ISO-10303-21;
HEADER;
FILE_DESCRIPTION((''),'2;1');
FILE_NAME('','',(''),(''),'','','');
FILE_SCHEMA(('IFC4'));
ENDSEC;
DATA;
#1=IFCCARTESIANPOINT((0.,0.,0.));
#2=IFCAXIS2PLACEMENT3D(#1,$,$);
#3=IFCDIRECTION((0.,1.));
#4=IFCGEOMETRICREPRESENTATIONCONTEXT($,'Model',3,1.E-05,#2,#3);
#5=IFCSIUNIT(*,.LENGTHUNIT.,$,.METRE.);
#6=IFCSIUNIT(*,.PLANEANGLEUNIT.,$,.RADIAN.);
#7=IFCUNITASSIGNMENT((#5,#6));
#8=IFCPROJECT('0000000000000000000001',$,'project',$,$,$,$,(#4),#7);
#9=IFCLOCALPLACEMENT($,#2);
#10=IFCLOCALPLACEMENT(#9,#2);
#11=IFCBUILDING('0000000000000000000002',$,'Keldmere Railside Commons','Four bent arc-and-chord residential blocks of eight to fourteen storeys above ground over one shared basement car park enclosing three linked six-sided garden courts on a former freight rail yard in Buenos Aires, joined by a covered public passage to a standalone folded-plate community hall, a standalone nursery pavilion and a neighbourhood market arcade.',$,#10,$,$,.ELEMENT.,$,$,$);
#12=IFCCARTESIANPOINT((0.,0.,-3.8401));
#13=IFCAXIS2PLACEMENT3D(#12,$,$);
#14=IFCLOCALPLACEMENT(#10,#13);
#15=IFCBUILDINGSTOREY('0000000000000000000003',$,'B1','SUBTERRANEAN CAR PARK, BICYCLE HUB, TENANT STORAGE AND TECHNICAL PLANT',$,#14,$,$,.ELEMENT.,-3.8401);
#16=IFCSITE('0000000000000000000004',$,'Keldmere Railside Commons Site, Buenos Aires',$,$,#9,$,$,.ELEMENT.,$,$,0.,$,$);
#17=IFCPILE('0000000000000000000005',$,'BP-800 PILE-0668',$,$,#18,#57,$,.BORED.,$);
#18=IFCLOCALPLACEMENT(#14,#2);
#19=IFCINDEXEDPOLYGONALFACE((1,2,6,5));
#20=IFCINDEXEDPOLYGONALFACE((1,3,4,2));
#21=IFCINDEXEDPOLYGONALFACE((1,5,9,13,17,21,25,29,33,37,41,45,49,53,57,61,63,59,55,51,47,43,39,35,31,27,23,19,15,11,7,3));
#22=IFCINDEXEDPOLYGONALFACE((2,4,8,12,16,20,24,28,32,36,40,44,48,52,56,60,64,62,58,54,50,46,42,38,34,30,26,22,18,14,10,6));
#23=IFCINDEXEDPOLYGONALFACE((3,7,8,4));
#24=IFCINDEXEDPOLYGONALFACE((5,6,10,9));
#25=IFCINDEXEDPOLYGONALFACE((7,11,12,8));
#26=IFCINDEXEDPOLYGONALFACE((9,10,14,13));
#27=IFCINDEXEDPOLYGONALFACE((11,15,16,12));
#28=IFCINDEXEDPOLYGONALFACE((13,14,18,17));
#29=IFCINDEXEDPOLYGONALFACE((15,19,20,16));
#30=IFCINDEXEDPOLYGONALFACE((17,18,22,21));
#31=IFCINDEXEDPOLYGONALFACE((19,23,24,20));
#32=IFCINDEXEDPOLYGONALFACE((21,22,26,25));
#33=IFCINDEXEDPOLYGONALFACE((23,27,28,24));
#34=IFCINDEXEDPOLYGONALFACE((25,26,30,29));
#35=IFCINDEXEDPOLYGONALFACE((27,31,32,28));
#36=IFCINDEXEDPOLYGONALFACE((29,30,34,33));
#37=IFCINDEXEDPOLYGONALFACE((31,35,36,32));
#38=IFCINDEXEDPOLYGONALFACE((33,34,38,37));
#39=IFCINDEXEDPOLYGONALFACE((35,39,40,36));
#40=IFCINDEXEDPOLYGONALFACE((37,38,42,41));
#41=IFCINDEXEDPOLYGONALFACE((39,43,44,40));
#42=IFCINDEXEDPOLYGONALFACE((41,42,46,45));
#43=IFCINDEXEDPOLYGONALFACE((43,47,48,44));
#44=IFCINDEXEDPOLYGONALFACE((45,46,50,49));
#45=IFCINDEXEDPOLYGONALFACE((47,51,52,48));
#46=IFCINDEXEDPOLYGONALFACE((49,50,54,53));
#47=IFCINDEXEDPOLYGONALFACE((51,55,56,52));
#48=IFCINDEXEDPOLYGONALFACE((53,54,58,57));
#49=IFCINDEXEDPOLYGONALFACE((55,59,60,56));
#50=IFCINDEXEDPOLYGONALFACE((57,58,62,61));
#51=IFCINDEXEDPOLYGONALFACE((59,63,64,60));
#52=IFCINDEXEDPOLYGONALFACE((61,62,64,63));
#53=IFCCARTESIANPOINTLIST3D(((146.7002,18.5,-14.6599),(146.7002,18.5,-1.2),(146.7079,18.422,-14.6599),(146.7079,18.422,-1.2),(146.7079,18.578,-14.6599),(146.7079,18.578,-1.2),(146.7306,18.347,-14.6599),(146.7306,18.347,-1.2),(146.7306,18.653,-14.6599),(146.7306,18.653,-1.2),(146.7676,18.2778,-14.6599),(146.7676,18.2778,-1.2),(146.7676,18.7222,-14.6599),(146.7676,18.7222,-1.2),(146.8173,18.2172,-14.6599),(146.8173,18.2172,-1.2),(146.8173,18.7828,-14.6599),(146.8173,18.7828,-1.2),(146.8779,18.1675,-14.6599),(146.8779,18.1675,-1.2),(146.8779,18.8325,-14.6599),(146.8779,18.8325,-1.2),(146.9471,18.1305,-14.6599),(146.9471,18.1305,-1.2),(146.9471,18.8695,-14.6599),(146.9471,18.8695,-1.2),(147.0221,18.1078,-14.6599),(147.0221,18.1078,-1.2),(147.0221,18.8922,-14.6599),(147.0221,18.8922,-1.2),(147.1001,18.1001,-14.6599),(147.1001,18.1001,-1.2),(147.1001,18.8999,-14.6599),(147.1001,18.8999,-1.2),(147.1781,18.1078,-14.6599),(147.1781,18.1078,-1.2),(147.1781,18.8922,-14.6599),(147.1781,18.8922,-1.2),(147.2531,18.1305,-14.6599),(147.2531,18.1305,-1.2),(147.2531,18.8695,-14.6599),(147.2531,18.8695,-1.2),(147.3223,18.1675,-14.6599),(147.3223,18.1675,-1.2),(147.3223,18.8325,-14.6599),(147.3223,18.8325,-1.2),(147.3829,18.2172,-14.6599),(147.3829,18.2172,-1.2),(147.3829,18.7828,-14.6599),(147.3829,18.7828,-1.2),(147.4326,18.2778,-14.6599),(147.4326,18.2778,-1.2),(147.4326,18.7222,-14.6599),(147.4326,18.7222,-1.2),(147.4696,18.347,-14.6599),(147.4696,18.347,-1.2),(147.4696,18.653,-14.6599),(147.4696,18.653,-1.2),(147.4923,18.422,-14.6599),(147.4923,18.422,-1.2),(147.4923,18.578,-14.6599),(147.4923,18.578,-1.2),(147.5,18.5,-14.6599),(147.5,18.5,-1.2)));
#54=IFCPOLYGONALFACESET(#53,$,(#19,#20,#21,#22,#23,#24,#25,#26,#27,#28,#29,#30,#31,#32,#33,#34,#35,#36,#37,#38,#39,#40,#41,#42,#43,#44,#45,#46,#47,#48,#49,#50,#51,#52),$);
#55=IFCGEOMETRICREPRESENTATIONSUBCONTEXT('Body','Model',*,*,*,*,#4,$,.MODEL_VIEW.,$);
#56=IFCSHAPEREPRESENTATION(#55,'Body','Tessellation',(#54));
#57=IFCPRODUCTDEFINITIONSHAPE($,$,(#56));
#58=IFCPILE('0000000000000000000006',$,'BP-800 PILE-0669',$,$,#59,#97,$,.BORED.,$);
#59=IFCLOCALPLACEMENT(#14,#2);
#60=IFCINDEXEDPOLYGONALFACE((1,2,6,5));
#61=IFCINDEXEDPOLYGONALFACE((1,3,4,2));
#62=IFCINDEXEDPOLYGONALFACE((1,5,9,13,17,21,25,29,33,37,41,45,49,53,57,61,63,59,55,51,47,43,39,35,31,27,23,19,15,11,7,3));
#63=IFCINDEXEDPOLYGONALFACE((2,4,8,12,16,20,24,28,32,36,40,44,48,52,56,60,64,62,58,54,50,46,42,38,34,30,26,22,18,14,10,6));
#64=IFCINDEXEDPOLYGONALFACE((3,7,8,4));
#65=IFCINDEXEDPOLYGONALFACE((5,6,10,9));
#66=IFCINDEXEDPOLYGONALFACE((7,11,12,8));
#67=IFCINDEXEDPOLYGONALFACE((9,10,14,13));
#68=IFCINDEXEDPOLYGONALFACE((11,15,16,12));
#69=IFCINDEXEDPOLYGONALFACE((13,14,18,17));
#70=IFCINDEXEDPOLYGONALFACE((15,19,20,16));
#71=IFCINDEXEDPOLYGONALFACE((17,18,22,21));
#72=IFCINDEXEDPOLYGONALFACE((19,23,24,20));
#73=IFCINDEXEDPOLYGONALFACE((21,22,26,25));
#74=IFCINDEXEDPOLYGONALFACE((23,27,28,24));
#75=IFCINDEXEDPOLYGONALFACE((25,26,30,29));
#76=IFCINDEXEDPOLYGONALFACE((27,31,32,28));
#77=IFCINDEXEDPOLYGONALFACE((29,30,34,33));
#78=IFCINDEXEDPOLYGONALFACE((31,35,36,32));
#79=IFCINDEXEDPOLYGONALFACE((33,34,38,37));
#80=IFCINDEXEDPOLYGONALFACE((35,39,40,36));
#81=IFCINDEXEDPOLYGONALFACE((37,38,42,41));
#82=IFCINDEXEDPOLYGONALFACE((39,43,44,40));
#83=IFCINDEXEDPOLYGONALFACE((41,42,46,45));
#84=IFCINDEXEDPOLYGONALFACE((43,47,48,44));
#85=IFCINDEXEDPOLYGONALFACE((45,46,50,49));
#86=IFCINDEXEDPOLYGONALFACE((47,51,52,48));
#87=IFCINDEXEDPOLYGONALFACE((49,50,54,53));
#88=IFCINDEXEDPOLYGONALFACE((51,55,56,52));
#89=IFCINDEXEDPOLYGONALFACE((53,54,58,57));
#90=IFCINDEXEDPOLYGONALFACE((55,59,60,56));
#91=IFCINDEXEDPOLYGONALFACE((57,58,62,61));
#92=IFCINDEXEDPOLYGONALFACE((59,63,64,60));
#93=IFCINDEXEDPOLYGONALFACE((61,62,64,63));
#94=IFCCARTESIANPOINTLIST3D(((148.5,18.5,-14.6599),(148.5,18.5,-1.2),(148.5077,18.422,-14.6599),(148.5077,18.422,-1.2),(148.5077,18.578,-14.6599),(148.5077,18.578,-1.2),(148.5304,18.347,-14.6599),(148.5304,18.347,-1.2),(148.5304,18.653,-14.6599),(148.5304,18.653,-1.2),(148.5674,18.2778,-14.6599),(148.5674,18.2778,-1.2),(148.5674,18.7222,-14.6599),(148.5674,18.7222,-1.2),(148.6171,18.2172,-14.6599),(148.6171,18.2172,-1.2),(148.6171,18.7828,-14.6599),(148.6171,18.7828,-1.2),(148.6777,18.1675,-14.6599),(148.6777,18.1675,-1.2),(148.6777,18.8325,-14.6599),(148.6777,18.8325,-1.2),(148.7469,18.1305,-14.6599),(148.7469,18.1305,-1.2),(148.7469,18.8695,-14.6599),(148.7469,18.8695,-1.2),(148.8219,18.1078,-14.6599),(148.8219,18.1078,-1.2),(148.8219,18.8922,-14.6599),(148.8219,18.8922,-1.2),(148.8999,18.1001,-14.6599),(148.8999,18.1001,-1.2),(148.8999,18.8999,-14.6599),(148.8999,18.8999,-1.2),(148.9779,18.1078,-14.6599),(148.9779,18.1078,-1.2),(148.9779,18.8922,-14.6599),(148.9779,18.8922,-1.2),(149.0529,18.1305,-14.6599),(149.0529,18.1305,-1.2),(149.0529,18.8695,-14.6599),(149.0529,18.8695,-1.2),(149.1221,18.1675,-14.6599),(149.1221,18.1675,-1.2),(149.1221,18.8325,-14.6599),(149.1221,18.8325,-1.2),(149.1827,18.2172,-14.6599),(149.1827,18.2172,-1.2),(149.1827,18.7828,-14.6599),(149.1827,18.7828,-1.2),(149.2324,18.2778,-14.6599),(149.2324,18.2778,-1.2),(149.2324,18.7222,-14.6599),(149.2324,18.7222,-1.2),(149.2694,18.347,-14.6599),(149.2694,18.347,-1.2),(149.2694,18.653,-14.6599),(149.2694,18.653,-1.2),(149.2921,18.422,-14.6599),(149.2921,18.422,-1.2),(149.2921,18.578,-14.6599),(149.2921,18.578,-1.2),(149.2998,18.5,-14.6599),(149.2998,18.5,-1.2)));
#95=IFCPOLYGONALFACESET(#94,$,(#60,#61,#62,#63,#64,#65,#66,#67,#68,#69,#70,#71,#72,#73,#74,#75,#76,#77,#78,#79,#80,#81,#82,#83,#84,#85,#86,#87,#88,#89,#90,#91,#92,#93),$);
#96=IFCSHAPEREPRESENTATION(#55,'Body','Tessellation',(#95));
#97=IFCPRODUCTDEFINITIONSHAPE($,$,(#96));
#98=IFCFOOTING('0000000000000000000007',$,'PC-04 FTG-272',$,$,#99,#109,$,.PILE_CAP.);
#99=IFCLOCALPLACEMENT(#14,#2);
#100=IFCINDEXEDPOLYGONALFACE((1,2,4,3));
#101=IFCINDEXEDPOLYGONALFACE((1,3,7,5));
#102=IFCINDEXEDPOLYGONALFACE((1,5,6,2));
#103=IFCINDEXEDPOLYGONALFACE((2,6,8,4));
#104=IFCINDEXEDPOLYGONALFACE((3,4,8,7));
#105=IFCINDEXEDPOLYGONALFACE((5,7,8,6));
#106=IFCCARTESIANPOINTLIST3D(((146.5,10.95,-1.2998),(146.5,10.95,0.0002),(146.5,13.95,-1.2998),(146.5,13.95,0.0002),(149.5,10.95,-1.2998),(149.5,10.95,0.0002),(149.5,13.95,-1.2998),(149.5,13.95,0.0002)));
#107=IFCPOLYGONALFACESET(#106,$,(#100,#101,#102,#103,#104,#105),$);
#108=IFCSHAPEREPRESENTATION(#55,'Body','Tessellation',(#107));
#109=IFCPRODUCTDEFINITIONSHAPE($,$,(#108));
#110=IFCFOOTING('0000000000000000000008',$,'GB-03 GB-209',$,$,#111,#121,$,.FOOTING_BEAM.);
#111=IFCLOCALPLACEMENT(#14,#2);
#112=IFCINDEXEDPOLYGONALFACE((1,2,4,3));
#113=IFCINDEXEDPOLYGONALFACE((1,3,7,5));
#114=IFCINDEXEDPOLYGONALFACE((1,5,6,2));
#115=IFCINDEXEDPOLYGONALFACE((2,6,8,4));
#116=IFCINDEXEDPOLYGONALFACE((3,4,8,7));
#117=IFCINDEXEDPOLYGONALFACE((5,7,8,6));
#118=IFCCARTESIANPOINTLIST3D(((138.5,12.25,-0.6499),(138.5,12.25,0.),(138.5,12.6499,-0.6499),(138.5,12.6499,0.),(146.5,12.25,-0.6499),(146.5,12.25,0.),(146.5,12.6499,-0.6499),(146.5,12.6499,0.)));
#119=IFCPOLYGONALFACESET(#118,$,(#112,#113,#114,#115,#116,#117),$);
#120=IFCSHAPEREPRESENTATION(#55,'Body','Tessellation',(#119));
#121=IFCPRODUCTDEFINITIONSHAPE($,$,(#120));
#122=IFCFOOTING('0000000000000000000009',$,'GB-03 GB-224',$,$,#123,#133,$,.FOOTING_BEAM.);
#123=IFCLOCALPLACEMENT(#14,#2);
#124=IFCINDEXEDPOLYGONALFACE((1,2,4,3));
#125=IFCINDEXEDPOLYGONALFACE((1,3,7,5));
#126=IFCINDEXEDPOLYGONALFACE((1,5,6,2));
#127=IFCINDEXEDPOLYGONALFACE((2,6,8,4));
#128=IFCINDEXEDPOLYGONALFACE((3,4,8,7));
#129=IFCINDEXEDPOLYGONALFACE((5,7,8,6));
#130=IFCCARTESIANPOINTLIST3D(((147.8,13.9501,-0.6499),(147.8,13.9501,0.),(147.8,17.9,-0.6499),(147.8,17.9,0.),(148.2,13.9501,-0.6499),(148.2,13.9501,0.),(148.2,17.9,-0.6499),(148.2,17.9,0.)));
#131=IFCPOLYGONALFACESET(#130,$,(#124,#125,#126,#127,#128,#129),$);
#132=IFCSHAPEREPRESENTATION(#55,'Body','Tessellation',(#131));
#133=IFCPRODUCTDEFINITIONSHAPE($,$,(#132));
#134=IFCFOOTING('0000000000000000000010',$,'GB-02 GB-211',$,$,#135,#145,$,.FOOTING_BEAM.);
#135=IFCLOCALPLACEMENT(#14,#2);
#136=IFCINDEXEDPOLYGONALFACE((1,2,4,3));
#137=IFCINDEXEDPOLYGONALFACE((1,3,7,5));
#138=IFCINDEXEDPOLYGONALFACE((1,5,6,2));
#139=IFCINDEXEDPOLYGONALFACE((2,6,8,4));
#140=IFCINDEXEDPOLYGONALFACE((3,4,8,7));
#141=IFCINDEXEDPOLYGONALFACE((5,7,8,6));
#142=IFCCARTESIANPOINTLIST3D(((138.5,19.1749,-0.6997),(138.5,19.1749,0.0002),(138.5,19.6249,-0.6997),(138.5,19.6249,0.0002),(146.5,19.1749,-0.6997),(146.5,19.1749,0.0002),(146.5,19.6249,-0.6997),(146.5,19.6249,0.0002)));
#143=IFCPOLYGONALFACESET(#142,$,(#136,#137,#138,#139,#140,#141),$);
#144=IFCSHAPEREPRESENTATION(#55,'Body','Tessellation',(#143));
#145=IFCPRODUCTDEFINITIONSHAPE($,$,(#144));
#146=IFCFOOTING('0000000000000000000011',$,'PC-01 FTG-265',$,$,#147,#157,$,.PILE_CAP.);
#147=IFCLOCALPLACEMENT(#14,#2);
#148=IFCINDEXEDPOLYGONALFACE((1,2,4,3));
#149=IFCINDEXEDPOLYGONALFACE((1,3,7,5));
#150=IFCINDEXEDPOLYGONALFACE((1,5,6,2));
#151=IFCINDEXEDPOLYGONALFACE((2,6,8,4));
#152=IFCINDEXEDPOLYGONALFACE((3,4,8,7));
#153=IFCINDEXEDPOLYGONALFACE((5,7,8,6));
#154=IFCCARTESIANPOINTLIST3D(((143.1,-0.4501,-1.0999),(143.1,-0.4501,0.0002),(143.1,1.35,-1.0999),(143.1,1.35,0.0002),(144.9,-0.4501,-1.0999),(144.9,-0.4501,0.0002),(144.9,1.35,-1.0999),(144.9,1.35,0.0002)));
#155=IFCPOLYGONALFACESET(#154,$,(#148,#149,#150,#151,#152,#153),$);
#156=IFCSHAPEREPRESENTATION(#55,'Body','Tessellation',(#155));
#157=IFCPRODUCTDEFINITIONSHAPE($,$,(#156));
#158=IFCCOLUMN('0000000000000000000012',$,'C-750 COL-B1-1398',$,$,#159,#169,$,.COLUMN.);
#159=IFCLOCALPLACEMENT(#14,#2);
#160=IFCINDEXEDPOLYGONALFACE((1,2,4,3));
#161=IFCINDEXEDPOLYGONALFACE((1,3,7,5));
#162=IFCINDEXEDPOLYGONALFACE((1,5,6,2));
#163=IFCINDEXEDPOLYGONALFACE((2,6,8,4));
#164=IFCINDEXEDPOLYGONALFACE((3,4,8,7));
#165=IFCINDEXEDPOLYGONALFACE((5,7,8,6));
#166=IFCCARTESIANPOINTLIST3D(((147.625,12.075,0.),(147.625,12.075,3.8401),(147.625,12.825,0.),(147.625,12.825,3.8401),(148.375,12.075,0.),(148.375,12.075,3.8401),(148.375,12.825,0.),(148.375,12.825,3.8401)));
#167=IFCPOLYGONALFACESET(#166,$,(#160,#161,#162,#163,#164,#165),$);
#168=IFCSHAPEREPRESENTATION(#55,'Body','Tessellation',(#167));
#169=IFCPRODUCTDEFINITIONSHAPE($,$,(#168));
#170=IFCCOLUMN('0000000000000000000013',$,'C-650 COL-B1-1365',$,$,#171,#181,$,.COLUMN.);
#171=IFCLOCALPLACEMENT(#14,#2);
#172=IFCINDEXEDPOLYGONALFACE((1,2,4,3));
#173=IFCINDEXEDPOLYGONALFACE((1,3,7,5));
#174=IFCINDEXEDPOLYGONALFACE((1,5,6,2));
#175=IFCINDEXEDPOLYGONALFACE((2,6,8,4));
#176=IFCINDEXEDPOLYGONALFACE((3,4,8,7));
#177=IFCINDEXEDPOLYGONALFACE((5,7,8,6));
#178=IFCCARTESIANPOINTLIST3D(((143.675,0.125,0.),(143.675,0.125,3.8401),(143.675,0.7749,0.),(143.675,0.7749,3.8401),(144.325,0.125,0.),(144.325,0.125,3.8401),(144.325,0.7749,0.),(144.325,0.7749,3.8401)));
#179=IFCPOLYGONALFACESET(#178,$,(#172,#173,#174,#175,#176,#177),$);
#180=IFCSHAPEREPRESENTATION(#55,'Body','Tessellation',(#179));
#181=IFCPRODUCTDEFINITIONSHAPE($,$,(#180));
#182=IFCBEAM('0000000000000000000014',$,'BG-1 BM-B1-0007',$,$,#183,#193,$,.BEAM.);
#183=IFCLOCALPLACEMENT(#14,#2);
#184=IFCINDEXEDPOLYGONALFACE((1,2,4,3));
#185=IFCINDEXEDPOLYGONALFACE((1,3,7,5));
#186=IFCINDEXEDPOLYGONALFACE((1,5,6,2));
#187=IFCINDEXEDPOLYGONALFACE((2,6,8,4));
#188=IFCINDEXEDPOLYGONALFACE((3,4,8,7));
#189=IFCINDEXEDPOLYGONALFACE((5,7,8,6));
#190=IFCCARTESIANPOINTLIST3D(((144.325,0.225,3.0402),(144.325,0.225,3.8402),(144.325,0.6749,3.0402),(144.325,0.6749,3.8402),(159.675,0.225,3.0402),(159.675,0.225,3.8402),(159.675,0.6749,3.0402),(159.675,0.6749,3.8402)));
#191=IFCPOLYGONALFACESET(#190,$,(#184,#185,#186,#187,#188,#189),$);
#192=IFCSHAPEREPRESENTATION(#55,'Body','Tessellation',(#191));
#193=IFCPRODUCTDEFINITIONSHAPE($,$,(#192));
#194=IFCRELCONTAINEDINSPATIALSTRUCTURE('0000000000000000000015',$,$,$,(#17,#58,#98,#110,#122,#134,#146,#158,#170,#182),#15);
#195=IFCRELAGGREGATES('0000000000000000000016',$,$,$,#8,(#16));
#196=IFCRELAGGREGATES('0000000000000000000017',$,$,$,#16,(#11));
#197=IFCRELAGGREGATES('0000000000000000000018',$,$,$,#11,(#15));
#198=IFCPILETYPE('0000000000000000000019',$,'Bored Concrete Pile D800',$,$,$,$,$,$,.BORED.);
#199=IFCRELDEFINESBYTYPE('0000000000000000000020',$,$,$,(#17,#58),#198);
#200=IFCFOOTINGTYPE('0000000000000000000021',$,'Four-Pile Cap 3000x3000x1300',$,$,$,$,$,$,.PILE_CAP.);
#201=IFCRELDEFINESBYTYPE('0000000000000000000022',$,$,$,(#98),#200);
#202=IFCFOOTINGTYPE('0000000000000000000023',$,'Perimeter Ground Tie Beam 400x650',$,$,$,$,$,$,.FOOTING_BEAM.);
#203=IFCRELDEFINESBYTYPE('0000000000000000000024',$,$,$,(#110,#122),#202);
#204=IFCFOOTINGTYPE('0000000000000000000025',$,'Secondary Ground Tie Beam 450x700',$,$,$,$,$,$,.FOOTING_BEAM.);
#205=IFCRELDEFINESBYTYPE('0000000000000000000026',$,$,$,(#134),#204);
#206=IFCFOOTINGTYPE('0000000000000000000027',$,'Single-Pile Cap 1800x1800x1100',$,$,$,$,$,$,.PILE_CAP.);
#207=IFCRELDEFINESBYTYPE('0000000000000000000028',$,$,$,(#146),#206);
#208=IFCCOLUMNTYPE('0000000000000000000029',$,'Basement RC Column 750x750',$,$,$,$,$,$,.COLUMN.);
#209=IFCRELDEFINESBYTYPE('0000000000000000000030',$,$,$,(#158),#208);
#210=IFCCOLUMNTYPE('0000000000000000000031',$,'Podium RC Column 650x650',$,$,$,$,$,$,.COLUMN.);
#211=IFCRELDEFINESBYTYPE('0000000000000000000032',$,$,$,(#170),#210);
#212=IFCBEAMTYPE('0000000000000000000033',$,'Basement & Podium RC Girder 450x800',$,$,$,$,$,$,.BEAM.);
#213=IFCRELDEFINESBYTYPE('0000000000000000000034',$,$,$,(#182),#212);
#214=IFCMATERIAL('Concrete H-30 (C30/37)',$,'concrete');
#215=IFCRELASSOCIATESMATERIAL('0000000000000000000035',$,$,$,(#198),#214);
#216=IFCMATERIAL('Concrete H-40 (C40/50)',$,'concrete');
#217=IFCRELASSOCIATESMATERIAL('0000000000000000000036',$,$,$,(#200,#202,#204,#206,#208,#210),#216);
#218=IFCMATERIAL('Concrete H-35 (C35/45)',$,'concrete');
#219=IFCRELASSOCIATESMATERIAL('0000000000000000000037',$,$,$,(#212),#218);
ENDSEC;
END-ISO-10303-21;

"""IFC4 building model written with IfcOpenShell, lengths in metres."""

from ifc_helpers import new_model, si_unit, direction, frame, origin, origin_2d, place, context, subcontext, project, spatial, rectangle, circle, extrude, material, material_profile, profile_set, type_object, element, save


model = new_model("IFC4")

# Units and contexts
model_context = context("Model", 3, precision=1e-05, world=origin(), true_north=direction((0.0, 1.0)))
body_context = subcontext(model_context, "Body", "Model", "MODEL_VIEW")
ifc_project = project(units=[si_unit("LENGTHUNIT", "METRE"), si_unit("PLANEANGLEUNIT", "RADIAN")], contexts=[model_context])

# Site, building, storey
site_placement = place(None, origin())
site = spatial("IfcSite", under=ifc_project, at=site_placement, Name="Keldmere Railside Commons Site, Buenos Aires", CompositionType="ELEMENT", RefElevation=0.0)
building_placement = place(site_placement, origin())
building = spatial("IfcBuilding", under=site, at=building_placement, Name="Keldmere Railside Commons", Description="Four bent arc-and-chord residential blocks of eight to fourteen storeys above ground over one shared basement car park enclosing three linked six-sided garden courts on a former freight rail yard in Buenos Aires, joined by a covered public passage to a standalone folded-plate community hall, a standalone nursery pavilion and a neighbourhood market arcade.", CompositionType="ELEMENT")
storey_placement = place(building_placement, frame((0.0, 0.0, -3.8401)))
storey = spatial("IfcBuildingStorey", under=building, at=storey_placement, Name="B1", Description="SUBTERRANEAN CAR PARK, BICYCLE HUB, TENANT STORAGE AND TECHNICAL PLANT", CompositionType="ELEMENT", Elevation=-3.8401)

# Piles
ifc_material_1 = material(Name="Concrete H-30 (C30/37)", Category="concrete")
ifc_material_profile_1 = material_profile(ifc_material_1, circle(Radius=0.3999, at=origin_2d()), Name="PILE-D800")
ifc_profile_set_1 = profile_set([ifc_material_profile_1], Name="Concrete H-30 (C30/37)")
pile_type = type_object("IfcPileType", Name="Bored Concrete Pile D800", PredefinedType="BORED", material=ifc_profile_set_1)
for number, where, z_axis, x_axis, name in (
    (1, (147.1001, 18.5, -1.2), (0.0, 0.0, -1.0), (1.0, 0.0, 0.0), "BP-800 PILE-0668"),
    (2, (148.8999, 18.5, -1.2), (0.0, 0.0, -1.0), (1.0, 0.0, 0.0), "BP-800 PILE-0669"),
):
    element("IfcPile", number, at=place(storey_placement, frame(where, z_axis=z_axis, x_axis=x_axis)), inside=storey, type_object=pile_type, Name=name, PredefinedType="BORED", context=body_context, shape_type="SweptSolid", body=[
        extrude(circle(Radius=0.3999, at=origin_2d()), origin(), (0.0, 0.0, 1.0), 13.46),
    ])

# Footings
ifc_material_2 = material(Name="Concrete H-40 (C40/50)", Category="concrete")
footing_type_1 = type_object("IfcFootingType", Name="Four-Pile Cap 3000x3000x1300", PredefinedType="PILE_CAP", material=ifc_material_2)
footing_1_placement = place(storey_placement, frame((148.0, 12.45, -1.2998), z_axis=(0.0, 0.0, 1.0), x_axis=(1.0, 0.0, 0.0)))
element("IfcFooting", 3, at=footing_1_placement, inside=storey, type_object=footing_type_1, Name="PC-04 FTG-272", PredefinedType="PILE_CAP", context=body_context, shape_type="SweptSolid", body=[
    extrude(rectangle(XDim=3.0, YDim=3.0, at=origin_2d()), origin(), (0.0, 0.0, 1.0), 1.3),
])
footing_type_2 = type_object("IfcFootingType", Name="Perimeter Ground Tie Beam 400x650", PredefinedType="FOOTING_BEAM", material=ifc_material_2)
footing_2_placement = place(storey_placement, frame((142.5, 12.45, -0.6499), z_axis=(0.0, 0.0, 1.0), x_axis=(1.0, 0.0, 0.0)))
element("IfcFooting", 4, at=footing_2_placement, inside=storey, type_object=footing_type_2, Name="GB-03 GB-209", PredefinedType="FOOTING_BEAM", context=body_context, shape_type="SweptSolid", body=[
    extrude(rectangle(XDim=8.0, YDim=0.3999, at=origin_2d()), origin(), (0.0, 0.0, 1.0), 0.6499),
])
footing_3_placement = place(storey_placement, frame((148.0, 15.925, -0.6499), z_axis=(0.0, 0.0, 1.0), x_axis=(0.0, 1.0, 0.0)))
element("IfcFooting", 5, at=footing_3_placement, inside=storey, type_object=footing_type_2, Name="GB-03 GB-224", PredefinedType="FOOTING_BEAM", context=body_context, shape_type="SweptSolid", body=[
    extrude(rectangle(XDim=3.95, YDim=0.3999, at=origin_2d()), origin(), (0.0, 0.0, 1.0), 0.6499),
])
footing_type_3 = type_object("IfcFootingType", Name="Secondary Ground Tie Beam 450x700", PredefinedType="FOOTING_BEAM", material=ifc_material_2)
footing_4_placement = place(storey_placement, frame((142.5, 19.3999, -0.6997), z_axis=(0.0, 0.0, 1.0), x_axis=(1.0, 0.0, 0.0)))
element("IfcFooting", 6, at=footing_4_placement, inside=storey, type_object=footing_type_3, Name="GB-02 GB-211", PredefinedType="FOOTING_BEAM", context=body_context, shape_type="SweptSolid", body=[
    extrude(rectangle(XDim=8.0, YDim=0.45, at=origin_2d()), origin(), (0.0, 0.0, 1.0), 0.7),
])
footing_type_4 = type_object("IfcFootingType", Name="Single-Pile Cap 1800x1800x1100", PredefinedType="PILE_CAP", material=ifc_material_2)
footing_5_placement = place(storey_placement, frame((144.0, 0.45, -1.0999), z_axis=(0.0, 0.0, 1.0), x_axis=(1.0, 0.0, 0.0)))
element("IfcFooting", 7, at=footing_5_placement, inside=storey, type_object=footing_type_4, Name="PC-01 FTG-265", PredefinedType="PILE_CAP", context=body_context, shape_type="SweptSolid", body=[
    extrude(rectangle(XDim=1.8, YDim=1.8, at=origin_2d()), origin(), (0.0, 0.0, 1.0), 1.1001),
])

# Columns
ifc_material_profile_2 = material_profile(ifc_material_2, rectangle(XDim=0.75, YDim=0.75, at=origin_2d()), Name="RC-750x750")
ifc_profile_set_2 = profile_set([ifc_material_profile_2], Name="Concrete H-40 (C40/50)")
column_type_1 = type_object("IfcColumnType", Name="Basement RC Column 750x750", PredefinedType="COLUMN", material=ifc_profile_set_2)
column_1_placement = place(storey_placement, frame((148.0, 12.45, 0.0), z_axis=(0.0, 0.0, 1.0), x_axis=(1.0, 0.0, 0.0)))
element("IfcColumn", 8, at=column_1_placement, inside=storey, type_object=column_type_1, Name="C-750 COL-B1-1398", PredefinedType="COLUMN", context=body_context, shape_type="SweptSolid", body=[
    extrude(rectangle(XDim=0.75, YDim=0.75, at=origin_2d()), origin(), (0.0, 0.0, 1.0), 3.8401),
])
ifc_material_profile_3 = material_profile(ifc_material_2, rectangle(XDim=0.6499, YDim=0.6499, at=origin_2d()), Name="RC-650x650")
ifc_profile_set_3 = profile_set([ifc_material_profile_3], Name="Concrete H-40 (C40/50)")
column_type_2 = type_object("IfcColumnType", Name="Podium RC Column 650x650", PredefinedType="COLUMN", material=ifc_profile_set_3)
column_2_placement = place(storey_placement, frame((144.0, 0.45, 0.0), z_axis=(0.0, 0.0, 1.0), x_axis=(1.0, 0.0, 0.0)))
element("IfcColumn", 9, at=column_2_placement, inside=storey, type_object=column_type_2, Name="C-650 COL-B1-1365", PredefinedType="COLUMN", context=body_context, shape_type="SweptSolid", body=[
    extrude(rectangle(XDim=0.6499, YDim=0.6499, at=origin_2d()), origin(), (0.0, 0.0, 1.0), 3.8401),
])

# Beam
ifc_material_3 = material(Name="Concrete H-35 (C35/45)", Category="concrete")
ifc_material_profile_4 = material_profile(ifc_material_3, rectangle(XDim=0.45, YDim=0.8, at=origin_2d()), Name="RC-450x800")
ifc_profile_set_4 = profile_set([ifc_material_profile_4], Name="Concrete H-35 (C35/45)")
beam_type_1 = type_object("IfcBeamType", Name="Basement & Podium RC Girder 450x800", PredefinedType="BEAM", material=ifc_profile_set_4)
beam_1_placement = place(storey_placement, frame((144.325, 0.45, 3.4402), z_axis=(1.0, 0.0, 0.0), x_axis=(0.0, 1.0, 0.0)))
element("IfcBeam", 10, at=beam_1_placement, inside=storey, type_object=beam_type_1, Name="BG-1 BM-B1-0007", PredefinedType="BEAM", context=body_context, shape_type="SweptSolid", body=[
    extrude(rectangle(XDim=0.45, YDim=0.8, at=origin_2d()), origin(), (0.0, 0.0, 1.0), 15.3501),
])

save(model, "model.ifc")
